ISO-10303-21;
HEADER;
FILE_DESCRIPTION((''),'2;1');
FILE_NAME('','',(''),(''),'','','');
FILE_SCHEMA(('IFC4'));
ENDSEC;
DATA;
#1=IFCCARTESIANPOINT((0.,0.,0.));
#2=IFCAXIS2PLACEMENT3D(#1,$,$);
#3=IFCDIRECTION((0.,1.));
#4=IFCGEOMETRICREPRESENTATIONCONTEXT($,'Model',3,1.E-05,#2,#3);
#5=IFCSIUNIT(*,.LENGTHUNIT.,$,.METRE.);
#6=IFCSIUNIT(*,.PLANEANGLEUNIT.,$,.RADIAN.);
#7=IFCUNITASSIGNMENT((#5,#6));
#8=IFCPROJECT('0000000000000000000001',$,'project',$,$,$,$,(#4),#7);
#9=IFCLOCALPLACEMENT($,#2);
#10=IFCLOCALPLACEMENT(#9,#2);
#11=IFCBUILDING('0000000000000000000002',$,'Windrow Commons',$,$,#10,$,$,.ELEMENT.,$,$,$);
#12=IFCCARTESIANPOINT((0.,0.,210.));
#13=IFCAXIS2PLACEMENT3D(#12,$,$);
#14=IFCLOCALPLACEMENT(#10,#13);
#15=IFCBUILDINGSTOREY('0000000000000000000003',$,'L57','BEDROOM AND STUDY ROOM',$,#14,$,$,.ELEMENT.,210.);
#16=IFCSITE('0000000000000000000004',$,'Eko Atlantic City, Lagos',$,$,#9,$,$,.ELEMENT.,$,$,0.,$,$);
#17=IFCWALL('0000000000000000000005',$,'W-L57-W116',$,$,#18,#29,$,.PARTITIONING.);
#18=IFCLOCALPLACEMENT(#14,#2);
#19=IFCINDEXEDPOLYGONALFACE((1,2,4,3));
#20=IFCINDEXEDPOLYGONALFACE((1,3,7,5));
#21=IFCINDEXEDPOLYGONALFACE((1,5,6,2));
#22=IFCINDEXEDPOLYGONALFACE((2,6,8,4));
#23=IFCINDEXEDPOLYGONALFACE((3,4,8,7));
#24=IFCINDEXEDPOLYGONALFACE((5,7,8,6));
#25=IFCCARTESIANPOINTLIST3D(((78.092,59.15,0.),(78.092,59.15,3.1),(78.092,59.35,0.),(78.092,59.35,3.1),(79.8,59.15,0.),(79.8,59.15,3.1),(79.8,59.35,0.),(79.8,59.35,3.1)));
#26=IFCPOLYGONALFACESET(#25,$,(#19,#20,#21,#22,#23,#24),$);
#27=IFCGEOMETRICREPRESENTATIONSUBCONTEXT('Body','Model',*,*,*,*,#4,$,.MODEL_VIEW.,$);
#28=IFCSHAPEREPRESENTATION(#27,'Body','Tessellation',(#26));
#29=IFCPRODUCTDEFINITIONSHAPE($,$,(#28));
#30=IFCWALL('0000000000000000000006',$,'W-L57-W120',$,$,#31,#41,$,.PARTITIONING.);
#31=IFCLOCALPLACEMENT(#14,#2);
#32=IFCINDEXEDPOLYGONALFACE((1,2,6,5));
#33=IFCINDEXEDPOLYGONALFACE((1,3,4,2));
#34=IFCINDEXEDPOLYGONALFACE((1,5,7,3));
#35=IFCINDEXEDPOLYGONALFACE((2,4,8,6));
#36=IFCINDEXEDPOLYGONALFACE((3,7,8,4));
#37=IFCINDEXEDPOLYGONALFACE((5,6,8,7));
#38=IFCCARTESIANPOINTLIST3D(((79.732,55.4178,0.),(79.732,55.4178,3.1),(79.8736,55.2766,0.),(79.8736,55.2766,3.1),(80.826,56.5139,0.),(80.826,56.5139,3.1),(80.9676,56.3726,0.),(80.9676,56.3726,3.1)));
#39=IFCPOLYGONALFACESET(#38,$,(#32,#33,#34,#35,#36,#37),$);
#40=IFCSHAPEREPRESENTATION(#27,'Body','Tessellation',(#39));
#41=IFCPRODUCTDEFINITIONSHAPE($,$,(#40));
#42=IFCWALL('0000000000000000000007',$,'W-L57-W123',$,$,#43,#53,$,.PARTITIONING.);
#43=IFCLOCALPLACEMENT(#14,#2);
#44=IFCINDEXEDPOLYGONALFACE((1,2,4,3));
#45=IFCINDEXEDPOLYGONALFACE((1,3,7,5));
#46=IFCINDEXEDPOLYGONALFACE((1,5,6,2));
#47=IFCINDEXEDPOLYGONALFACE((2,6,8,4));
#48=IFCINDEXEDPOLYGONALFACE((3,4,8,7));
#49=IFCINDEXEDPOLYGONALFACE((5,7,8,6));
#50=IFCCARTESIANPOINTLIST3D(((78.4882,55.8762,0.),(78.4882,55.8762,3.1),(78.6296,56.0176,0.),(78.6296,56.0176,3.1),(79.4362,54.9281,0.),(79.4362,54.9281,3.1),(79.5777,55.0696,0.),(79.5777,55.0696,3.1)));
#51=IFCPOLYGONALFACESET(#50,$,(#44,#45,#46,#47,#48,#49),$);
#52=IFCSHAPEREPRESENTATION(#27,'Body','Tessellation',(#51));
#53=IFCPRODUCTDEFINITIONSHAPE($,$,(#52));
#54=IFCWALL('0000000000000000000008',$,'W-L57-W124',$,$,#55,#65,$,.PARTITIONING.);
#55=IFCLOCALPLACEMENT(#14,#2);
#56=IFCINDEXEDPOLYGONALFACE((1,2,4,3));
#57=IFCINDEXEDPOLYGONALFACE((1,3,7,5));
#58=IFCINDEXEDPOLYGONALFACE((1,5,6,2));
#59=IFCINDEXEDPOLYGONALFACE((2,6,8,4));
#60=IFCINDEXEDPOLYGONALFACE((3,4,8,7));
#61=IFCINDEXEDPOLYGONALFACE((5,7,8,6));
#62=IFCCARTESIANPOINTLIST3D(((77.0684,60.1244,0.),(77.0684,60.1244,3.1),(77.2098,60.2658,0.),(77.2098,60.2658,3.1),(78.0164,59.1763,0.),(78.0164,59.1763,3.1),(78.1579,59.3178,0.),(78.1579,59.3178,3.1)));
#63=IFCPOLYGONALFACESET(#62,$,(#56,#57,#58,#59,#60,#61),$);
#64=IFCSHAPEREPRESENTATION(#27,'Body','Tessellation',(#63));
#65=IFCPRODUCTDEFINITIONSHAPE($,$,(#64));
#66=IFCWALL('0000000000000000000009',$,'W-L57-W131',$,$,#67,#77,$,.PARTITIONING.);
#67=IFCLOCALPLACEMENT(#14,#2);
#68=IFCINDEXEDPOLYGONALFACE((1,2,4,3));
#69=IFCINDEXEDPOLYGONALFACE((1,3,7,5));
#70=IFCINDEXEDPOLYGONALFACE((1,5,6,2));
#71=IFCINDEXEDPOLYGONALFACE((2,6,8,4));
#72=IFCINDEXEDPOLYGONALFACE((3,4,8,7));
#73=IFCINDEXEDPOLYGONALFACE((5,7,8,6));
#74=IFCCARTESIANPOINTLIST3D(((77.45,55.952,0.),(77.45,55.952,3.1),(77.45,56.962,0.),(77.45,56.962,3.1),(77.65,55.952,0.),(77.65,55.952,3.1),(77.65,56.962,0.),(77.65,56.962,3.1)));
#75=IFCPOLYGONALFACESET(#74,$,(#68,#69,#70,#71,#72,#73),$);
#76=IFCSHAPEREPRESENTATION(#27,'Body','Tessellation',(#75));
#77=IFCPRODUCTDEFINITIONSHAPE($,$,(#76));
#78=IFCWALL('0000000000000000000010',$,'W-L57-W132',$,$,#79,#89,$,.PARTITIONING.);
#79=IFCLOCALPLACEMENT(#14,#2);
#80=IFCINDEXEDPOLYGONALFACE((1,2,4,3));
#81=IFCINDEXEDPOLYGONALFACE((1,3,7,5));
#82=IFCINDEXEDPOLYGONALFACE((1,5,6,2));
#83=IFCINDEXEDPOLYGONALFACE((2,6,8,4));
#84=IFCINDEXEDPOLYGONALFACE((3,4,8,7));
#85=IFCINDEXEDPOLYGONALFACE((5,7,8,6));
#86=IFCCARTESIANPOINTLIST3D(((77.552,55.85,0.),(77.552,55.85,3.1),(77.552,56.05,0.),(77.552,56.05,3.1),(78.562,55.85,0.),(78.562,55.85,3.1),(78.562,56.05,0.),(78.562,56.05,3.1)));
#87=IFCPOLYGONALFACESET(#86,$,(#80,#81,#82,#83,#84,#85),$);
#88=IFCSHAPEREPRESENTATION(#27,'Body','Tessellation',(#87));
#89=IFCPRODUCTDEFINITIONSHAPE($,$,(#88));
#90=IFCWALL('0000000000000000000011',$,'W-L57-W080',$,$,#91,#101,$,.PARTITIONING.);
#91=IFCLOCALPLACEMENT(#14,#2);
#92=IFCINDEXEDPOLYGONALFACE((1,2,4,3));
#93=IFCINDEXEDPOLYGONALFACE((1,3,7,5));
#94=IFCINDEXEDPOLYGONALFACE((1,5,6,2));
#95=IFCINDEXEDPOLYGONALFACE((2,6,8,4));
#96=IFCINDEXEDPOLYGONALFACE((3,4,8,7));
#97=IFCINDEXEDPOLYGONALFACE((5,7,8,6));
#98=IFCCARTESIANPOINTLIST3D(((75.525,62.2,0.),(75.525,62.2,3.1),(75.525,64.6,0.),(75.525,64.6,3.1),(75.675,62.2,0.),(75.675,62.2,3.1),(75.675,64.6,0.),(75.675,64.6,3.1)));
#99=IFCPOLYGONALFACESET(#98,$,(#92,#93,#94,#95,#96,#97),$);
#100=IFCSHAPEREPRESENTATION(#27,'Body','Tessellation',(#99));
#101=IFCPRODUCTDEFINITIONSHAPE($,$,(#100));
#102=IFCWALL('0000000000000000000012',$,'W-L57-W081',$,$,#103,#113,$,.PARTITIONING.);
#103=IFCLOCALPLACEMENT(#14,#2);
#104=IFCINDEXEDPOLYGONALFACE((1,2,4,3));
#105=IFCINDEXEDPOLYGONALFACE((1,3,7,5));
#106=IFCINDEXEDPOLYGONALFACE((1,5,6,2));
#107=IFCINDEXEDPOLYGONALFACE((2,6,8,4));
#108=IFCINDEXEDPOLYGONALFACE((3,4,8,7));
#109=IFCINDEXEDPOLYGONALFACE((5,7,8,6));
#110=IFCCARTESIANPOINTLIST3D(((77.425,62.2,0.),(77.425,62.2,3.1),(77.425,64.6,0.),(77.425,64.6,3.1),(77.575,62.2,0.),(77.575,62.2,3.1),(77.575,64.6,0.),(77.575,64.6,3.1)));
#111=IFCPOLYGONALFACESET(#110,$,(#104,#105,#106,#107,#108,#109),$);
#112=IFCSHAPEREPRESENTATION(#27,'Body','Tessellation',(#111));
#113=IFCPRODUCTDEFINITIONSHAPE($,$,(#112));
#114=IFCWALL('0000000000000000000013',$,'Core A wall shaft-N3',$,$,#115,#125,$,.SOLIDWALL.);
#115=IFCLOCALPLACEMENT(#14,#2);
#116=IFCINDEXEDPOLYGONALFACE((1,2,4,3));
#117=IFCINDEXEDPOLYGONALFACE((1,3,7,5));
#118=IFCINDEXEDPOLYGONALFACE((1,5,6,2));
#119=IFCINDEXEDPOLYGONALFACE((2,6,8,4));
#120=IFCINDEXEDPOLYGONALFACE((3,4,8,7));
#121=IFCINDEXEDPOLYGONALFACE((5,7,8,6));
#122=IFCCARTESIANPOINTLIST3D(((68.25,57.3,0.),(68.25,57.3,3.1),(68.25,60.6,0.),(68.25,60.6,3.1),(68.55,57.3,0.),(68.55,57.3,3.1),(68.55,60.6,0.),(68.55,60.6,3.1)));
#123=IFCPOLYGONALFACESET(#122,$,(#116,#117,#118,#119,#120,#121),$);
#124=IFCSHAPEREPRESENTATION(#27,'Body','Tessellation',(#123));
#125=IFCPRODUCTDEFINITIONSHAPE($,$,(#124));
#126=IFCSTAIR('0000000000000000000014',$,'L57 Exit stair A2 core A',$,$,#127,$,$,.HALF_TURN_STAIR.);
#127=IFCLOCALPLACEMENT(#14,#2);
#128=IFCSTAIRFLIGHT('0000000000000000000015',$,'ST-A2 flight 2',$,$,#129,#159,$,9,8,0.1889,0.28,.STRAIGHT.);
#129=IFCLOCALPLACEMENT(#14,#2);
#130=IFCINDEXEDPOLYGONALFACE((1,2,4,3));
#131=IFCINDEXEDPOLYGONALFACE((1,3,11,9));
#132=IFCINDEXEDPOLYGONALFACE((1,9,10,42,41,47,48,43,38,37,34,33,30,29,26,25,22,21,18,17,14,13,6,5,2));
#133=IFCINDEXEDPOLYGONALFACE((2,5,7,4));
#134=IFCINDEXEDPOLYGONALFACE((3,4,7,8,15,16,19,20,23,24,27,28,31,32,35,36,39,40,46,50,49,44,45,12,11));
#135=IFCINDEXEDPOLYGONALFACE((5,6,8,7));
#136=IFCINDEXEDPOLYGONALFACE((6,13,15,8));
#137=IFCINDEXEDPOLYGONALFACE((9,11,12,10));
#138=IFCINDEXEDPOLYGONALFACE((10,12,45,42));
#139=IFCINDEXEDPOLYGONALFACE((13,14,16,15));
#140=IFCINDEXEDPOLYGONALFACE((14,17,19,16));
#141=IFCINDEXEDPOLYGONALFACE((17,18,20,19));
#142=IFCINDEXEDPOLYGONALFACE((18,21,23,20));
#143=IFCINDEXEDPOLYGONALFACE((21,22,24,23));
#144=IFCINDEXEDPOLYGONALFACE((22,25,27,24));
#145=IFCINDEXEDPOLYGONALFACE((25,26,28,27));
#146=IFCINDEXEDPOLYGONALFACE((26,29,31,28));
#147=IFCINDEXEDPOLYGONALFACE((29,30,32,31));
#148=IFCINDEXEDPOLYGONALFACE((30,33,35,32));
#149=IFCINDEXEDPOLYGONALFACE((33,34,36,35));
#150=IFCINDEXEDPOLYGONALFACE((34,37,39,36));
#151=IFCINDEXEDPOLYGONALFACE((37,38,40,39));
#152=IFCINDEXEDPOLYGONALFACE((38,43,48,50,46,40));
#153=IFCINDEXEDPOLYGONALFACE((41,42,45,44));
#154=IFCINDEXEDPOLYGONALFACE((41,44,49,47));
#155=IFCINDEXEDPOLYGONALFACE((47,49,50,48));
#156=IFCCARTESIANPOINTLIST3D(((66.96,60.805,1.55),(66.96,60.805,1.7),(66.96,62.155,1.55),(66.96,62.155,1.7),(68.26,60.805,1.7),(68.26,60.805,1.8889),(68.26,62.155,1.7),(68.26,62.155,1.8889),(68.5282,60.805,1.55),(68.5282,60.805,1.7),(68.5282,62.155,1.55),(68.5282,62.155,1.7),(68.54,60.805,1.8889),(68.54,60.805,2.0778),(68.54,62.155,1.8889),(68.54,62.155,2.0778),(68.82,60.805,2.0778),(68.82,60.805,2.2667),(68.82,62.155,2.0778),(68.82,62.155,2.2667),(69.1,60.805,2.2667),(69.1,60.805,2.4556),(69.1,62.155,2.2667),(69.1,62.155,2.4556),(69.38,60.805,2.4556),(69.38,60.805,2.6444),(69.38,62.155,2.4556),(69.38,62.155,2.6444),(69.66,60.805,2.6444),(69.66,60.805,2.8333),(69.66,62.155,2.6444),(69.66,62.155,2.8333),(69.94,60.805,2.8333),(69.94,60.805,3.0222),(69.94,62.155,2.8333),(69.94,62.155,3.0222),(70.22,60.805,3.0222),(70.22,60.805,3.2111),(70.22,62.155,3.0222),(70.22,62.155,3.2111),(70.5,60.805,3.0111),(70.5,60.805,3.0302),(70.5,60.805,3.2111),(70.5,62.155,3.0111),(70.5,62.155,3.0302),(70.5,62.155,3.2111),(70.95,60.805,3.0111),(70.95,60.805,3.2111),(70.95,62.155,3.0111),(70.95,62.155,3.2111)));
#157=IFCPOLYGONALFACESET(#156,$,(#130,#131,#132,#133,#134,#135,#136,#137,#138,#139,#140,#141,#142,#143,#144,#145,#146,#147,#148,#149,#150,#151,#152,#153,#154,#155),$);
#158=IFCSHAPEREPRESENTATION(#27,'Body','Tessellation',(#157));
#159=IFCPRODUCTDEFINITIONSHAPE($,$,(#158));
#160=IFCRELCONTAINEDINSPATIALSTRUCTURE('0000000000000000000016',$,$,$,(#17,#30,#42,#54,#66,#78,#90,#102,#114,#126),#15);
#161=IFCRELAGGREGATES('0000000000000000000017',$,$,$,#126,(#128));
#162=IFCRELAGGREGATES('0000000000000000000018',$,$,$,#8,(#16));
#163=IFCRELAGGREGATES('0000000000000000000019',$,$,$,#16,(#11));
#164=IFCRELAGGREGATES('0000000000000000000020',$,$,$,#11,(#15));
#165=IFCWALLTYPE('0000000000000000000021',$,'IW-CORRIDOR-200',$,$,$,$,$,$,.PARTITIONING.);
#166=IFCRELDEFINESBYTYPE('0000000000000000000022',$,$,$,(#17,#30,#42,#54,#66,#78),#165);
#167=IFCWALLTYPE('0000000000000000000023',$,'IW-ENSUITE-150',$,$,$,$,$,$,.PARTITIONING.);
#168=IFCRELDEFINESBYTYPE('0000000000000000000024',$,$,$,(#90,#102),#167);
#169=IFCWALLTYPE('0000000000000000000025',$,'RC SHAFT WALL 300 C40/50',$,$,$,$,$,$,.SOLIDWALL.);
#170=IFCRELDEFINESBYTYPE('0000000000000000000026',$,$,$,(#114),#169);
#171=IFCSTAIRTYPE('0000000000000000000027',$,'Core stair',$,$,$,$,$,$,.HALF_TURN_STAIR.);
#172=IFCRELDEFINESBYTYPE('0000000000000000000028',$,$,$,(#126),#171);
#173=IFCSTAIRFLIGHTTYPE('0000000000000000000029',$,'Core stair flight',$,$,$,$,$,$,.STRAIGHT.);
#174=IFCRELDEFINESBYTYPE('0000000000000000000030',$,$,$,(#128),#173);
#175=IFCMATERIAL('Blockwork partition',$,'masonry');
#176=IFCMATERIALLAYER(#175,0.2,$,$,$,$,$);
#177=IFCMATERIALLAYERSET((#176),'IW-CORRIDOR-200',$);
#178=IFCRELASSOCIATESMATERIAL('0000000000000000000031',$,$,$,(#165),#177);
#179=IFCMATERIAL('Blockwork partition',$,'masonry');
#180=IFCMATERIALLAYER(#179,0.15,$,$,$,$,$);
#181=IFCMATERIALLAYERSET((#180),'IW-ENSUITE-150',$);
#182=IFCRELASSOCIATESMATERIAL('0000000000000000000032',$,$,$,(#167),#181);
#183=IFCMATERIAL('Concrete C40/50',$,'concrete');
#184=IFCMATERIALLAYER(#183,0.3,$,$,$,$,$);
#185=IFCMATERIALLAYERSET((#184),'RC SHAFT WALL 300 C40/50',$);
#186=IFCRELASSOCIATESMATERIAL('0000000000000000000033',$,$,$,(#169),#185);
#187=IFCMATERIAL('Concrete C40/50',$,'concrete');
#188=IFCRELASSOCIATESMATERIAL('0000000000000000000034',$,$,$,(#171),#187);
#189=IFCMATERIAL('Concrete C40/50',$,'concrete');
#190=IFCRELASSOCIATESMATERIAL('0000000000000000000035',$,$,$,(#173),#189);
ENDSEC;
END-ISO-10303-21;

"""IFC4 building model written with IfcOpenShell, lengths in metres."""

from ifc_helpers import new_model, si_unit, direction, frame, frame_2d, origin, place, context, subcontext, project, spatial, polyline, rectangle, outline, extrude, material, layer, layer_set, type_object, element, aggregate, save


model = new_model("IFC4")

# Units and contexts
model_context = context("Model", 3, precision=1e-05, world=origin(), true_north=direction((0.0, 1.0)))
body_context = subcontext(model_context, "Body", "Model", "MODEL_VIEW")
ifc_project = project(units=[si_unit("LENGTHUNIT", "METRE"), si_unit("PLANEANGLEUNIT", "RADIAN")], contexts=[model_context])

# Site, building, storey
site_placement = place(None, origin())
site = spatial("IfcSite", under=ifc_project, at=site_placement, Name="Eko Atlantic City, Lagos", CompositionType="ELEMENT", RefElevation=0.0)
building_placement = place(site_placement, origin())
building = spatial("IfcBuilding", under=site, at=building_placement, Name="Windrow Commons", CompositionType="ELEMENT")
storey_placement = place(building_placement, frame((0.0, 0.0, 210.0)))
storey = spatial("IfcBuildingStorey", under=building, at=storey_placement, Name="L57", Description="BEDROOM AND STUDY ROOM", CompositionType="ELEMENT", Elevation=210.0)

# Shared definitions
ifc_material_1 = material(Name="Blockwork partition", Category="masonry")
ifc_layer_1 = layer(ifc_material_1, 0.2)
ifc_layer_set_1 = layer_set([ifc_layer_1], Name="IW-CORRIDOR-200")
wall_type_1 = type_object("IfcWallType", Name="IW-CORRIDOR-200", PredefinedType="PARTITIONING", material=ifc_layer_set_1)

# Walls
wall_1_placement = place(storey_placement, frame((78.092, 59.25, 0.0), z_axis=(0.0, 0.0, 1.0), x_axis=(1.0, 0.0, 0.0)))
element("IfcWall", 1, at=wall_1_placement, inside=storey, type_object=wall_type_1, Name="W-L57-W116", PredefinedType="PARTITIONING", context=body_context, shape_type="SweptSolid", body=[
    extrude(rectangle(XDim=1.708, YDim=0.2, at=frame_2d((0.854, 0.0))), origin(), (0.0, 0.0, 1.0), 3.1),
])
wall_2_placement = place(storey_placement, frame((79.8028, 55.3472, 0.0), z_axis=(0.0, 0.0, 1.0), x_axis=(0.706461, 0.707752, 0.0)))
element("IfcWall", 2, at=wall_2_placement, inside=storey, type_object=wall_type_1, Name="W-L57-W120", PredefinedType="PARTITIONING", context=body_context, shape_type="SweptSolid", body=[
    extrude(rectangle(XDim=1.5486, YDim=0.2, at=frame_2d((0.7743, 0.0))), origin(), (0.0, 0.0, 1.0), 3.1),
])
for number, where, z_axis, x_axis, name in (
    (3, (78.5589, 55.9469, 0.0), (0.0, 0.0, 1.0), (0.707107, -0.707107, 0.0), "W-L57-W123"),
    (4, (77.1391, 60.1951, 0.0), (0.0, 0.0, 1.0), (0.707107, -0.707107, 0.0), "W-L57-W124"),
):
    element("IfcWall", number, at=place(storey_placement, frame(where, z_axis=z_axis, x_axis=x_axis)), inside=storey, type_object=wall_type_1, Name=name, PredefinedType="PARTITIONING", context=body_context, shape_type="SweptSolid", body=[
        extrude(rectangle(XDim=1.3407, YDim=0.2, at=frame_2d((0.6704, 0.0))), origin(), (0.0, 0.0, 1.0), 3.1),
    ])
for number, where, z_axis, x_axis, name in (
    (5, (77.55, 55.952, 0.0), (0.0, 0.0, 1.0), (0.0, 1.0, 0.0), "W-L57-W131"),
    (6, (77.552, 55.95, 0.0), (0.0, 0.0, 1.0), (1.0, 0.0, 0.0), "W-L57-W132"),
):
    element("IfcWall", number, at=place(storey_placement, frame(where, z_axis=z_axis, x_axis=x_axis)), inside=storey, type_object=wall_type_1, Name=name, PredefinedType="PARTITIONING", context=body_context, shape_type="SweptSolid", body=[
        extrude(rectangle(XDim=1.01, YDim=0.2, at=frame_2d((0.505, 0.0))), origin(), (0.0, 0.0, 1.0), 3.1),
    ])
ifc_material_2 = material(Name="Blockwork partition", Category="masonry")
ifc_layer_2 = layer(ifc_material_2, 0.15)
ifc_layer_set_2 = layer_set([ifc_layer_2], Name="IW-ENSUITE-150")
wall_type_2 = type_object("IfcWallType", Name="IW-ENSUITE-150", PredefinedType="PARTITIONING", material=ifc_layer_set_2)
for number, where, z_axis, x_axis, name in (
    (7, (75.6, 62.2, 0.0), (0.0, 0.0, 1.0), (0.0, 1.0, 0.0), "W-L57-W080"),
    (8, (77.5, 62.2, 0.0), (0.0, 0.0, 1.0), (0.0, 1.0, 0.0), "W-L57-W081"),
):
    element("IfcWall", number, at=place(storey_placement, frame(where, z_axis=z_axis, x_axis=x_axis)), inside=storey, type_object=wall_type_2, Name=name, PredefinedType="PARTITIONING", context=body_context, shape_type="SweptSolid", body=[
        extrude(rectangle(XDim=2.4, YDim=0.15, at=frame_2d((1.2, 0.0))), origin(), (0.0, 0.0, 1.0), 3.1),
    ])
ifc_material_3 = material(Name="Concrete C40/50", Category="concrete")
ifc_layer_3 = layer(ifc_material_3, 0.3)
ifc_layer_set_3 = layer_set([ifc_layer_3], Name="RC SHAFT WALL 300 C40/50")
wall_type_3 = type_object("IfcWallType", Name="RC SHAFT WALL 300 C40/50", PredefinedType="SOLIDWALL", material=ifc_layer_set_3)
wall_3_placement = place(storey_placement, frame((68.4, 57.3, 0.0), z_axis=(0.0, 0.0, 1.0), x_axis=(0.0, 1.0, 0.0)))
element("IfcWall", 9, at=wall_3_placement, inside=storey, type_object=wall_type_3, Name="Core A wall shaft-N3", PredefinedType="SOLIDWALL", context=body_context, shape_type="SweptSolid", body=[
    extrude(rectangle(XDim=3.3, YDim=0.3, at=frame_2d((1.65, 0.0))), origin(), (0.0, 0.0, 1.0), 3.1),
])

# Stair, stair flight
ifc_material_4 = material(Name="Concrete C40/50", Category="concrete")
stair_type = type_object("IfcStairType", Name="Core stair", PredefinedType="HALF_TURN_STAIR", material=ifc_material_4)
stair_placement = place(storey_placement, origin())
stair = element("IfcStair", 10, at=stair_placement, inside=storey, type_object=stair_type, Name="L57 Exit stair A2 core A", PredefinedType="HALF_TURN_STAIR")
ifc_material_5 = material(Name="Concrete C40/50", Category="concrete")
stair_flight_type = type_object("IfcStairFlightType", Name="Core stair flight", PredefinedType="STRAIGHT", material=ifc_material_5)
stair_flight_placement = place(storey_placement, frame((68.26, 61.48, 1.7), z_axis=(0.0, 0.0, 1.0), x_axis=(1.0, 0.0, 0.0)))
stair_flight = element("IfcStairFlight", 11, at=stair_flight_placement, type_object=stair_flight_type, Name="ST-A2 flight 2", NumberOfRisers=9, NumberOfTreads=8, PredefinedType="STRAIGHT", RiserHeight=0.1889, TreadLength=0.28, context=body_context, shape_type="SweptSolid", body=[
    extrude(outline(polyline([(-1.3, -0.15), (-1.3, 0.0), (0.0, 0.0), (0.0, 0.1889), (0.28, 0.1889), (0.28, 0.3778), (0.56, 0.3778), (0.56, 0.5667), (0.84, 0.5667), (0.84, 0.7556), (1.12, 0.7556), (1.12, 0.9444), (1.4, 0.9444), (1.4, 1.1333), (1.68, 1.1333), (1.68, 1.3222), (1.96, 1.3222), (1.96, 1.5111), (2.24, 1.5111), (2.69, 1.5111), (2.69, 1.3111), (2.24, 1.3111), (2.24, 1.3302), (0.2682, 0.0), (0.2682, -0.15), (-1.3, -0.15)])), frame((0.0, 0.675, 0.0), z_axis=(0.0, -1.0, 0.0), x_axis=(1.0, 0.0, 0.0)), (0.0, 0.0, 1.0), 1.35),
])
aggregate(stair, [stair_flight])

save(model, "model.ifc")
